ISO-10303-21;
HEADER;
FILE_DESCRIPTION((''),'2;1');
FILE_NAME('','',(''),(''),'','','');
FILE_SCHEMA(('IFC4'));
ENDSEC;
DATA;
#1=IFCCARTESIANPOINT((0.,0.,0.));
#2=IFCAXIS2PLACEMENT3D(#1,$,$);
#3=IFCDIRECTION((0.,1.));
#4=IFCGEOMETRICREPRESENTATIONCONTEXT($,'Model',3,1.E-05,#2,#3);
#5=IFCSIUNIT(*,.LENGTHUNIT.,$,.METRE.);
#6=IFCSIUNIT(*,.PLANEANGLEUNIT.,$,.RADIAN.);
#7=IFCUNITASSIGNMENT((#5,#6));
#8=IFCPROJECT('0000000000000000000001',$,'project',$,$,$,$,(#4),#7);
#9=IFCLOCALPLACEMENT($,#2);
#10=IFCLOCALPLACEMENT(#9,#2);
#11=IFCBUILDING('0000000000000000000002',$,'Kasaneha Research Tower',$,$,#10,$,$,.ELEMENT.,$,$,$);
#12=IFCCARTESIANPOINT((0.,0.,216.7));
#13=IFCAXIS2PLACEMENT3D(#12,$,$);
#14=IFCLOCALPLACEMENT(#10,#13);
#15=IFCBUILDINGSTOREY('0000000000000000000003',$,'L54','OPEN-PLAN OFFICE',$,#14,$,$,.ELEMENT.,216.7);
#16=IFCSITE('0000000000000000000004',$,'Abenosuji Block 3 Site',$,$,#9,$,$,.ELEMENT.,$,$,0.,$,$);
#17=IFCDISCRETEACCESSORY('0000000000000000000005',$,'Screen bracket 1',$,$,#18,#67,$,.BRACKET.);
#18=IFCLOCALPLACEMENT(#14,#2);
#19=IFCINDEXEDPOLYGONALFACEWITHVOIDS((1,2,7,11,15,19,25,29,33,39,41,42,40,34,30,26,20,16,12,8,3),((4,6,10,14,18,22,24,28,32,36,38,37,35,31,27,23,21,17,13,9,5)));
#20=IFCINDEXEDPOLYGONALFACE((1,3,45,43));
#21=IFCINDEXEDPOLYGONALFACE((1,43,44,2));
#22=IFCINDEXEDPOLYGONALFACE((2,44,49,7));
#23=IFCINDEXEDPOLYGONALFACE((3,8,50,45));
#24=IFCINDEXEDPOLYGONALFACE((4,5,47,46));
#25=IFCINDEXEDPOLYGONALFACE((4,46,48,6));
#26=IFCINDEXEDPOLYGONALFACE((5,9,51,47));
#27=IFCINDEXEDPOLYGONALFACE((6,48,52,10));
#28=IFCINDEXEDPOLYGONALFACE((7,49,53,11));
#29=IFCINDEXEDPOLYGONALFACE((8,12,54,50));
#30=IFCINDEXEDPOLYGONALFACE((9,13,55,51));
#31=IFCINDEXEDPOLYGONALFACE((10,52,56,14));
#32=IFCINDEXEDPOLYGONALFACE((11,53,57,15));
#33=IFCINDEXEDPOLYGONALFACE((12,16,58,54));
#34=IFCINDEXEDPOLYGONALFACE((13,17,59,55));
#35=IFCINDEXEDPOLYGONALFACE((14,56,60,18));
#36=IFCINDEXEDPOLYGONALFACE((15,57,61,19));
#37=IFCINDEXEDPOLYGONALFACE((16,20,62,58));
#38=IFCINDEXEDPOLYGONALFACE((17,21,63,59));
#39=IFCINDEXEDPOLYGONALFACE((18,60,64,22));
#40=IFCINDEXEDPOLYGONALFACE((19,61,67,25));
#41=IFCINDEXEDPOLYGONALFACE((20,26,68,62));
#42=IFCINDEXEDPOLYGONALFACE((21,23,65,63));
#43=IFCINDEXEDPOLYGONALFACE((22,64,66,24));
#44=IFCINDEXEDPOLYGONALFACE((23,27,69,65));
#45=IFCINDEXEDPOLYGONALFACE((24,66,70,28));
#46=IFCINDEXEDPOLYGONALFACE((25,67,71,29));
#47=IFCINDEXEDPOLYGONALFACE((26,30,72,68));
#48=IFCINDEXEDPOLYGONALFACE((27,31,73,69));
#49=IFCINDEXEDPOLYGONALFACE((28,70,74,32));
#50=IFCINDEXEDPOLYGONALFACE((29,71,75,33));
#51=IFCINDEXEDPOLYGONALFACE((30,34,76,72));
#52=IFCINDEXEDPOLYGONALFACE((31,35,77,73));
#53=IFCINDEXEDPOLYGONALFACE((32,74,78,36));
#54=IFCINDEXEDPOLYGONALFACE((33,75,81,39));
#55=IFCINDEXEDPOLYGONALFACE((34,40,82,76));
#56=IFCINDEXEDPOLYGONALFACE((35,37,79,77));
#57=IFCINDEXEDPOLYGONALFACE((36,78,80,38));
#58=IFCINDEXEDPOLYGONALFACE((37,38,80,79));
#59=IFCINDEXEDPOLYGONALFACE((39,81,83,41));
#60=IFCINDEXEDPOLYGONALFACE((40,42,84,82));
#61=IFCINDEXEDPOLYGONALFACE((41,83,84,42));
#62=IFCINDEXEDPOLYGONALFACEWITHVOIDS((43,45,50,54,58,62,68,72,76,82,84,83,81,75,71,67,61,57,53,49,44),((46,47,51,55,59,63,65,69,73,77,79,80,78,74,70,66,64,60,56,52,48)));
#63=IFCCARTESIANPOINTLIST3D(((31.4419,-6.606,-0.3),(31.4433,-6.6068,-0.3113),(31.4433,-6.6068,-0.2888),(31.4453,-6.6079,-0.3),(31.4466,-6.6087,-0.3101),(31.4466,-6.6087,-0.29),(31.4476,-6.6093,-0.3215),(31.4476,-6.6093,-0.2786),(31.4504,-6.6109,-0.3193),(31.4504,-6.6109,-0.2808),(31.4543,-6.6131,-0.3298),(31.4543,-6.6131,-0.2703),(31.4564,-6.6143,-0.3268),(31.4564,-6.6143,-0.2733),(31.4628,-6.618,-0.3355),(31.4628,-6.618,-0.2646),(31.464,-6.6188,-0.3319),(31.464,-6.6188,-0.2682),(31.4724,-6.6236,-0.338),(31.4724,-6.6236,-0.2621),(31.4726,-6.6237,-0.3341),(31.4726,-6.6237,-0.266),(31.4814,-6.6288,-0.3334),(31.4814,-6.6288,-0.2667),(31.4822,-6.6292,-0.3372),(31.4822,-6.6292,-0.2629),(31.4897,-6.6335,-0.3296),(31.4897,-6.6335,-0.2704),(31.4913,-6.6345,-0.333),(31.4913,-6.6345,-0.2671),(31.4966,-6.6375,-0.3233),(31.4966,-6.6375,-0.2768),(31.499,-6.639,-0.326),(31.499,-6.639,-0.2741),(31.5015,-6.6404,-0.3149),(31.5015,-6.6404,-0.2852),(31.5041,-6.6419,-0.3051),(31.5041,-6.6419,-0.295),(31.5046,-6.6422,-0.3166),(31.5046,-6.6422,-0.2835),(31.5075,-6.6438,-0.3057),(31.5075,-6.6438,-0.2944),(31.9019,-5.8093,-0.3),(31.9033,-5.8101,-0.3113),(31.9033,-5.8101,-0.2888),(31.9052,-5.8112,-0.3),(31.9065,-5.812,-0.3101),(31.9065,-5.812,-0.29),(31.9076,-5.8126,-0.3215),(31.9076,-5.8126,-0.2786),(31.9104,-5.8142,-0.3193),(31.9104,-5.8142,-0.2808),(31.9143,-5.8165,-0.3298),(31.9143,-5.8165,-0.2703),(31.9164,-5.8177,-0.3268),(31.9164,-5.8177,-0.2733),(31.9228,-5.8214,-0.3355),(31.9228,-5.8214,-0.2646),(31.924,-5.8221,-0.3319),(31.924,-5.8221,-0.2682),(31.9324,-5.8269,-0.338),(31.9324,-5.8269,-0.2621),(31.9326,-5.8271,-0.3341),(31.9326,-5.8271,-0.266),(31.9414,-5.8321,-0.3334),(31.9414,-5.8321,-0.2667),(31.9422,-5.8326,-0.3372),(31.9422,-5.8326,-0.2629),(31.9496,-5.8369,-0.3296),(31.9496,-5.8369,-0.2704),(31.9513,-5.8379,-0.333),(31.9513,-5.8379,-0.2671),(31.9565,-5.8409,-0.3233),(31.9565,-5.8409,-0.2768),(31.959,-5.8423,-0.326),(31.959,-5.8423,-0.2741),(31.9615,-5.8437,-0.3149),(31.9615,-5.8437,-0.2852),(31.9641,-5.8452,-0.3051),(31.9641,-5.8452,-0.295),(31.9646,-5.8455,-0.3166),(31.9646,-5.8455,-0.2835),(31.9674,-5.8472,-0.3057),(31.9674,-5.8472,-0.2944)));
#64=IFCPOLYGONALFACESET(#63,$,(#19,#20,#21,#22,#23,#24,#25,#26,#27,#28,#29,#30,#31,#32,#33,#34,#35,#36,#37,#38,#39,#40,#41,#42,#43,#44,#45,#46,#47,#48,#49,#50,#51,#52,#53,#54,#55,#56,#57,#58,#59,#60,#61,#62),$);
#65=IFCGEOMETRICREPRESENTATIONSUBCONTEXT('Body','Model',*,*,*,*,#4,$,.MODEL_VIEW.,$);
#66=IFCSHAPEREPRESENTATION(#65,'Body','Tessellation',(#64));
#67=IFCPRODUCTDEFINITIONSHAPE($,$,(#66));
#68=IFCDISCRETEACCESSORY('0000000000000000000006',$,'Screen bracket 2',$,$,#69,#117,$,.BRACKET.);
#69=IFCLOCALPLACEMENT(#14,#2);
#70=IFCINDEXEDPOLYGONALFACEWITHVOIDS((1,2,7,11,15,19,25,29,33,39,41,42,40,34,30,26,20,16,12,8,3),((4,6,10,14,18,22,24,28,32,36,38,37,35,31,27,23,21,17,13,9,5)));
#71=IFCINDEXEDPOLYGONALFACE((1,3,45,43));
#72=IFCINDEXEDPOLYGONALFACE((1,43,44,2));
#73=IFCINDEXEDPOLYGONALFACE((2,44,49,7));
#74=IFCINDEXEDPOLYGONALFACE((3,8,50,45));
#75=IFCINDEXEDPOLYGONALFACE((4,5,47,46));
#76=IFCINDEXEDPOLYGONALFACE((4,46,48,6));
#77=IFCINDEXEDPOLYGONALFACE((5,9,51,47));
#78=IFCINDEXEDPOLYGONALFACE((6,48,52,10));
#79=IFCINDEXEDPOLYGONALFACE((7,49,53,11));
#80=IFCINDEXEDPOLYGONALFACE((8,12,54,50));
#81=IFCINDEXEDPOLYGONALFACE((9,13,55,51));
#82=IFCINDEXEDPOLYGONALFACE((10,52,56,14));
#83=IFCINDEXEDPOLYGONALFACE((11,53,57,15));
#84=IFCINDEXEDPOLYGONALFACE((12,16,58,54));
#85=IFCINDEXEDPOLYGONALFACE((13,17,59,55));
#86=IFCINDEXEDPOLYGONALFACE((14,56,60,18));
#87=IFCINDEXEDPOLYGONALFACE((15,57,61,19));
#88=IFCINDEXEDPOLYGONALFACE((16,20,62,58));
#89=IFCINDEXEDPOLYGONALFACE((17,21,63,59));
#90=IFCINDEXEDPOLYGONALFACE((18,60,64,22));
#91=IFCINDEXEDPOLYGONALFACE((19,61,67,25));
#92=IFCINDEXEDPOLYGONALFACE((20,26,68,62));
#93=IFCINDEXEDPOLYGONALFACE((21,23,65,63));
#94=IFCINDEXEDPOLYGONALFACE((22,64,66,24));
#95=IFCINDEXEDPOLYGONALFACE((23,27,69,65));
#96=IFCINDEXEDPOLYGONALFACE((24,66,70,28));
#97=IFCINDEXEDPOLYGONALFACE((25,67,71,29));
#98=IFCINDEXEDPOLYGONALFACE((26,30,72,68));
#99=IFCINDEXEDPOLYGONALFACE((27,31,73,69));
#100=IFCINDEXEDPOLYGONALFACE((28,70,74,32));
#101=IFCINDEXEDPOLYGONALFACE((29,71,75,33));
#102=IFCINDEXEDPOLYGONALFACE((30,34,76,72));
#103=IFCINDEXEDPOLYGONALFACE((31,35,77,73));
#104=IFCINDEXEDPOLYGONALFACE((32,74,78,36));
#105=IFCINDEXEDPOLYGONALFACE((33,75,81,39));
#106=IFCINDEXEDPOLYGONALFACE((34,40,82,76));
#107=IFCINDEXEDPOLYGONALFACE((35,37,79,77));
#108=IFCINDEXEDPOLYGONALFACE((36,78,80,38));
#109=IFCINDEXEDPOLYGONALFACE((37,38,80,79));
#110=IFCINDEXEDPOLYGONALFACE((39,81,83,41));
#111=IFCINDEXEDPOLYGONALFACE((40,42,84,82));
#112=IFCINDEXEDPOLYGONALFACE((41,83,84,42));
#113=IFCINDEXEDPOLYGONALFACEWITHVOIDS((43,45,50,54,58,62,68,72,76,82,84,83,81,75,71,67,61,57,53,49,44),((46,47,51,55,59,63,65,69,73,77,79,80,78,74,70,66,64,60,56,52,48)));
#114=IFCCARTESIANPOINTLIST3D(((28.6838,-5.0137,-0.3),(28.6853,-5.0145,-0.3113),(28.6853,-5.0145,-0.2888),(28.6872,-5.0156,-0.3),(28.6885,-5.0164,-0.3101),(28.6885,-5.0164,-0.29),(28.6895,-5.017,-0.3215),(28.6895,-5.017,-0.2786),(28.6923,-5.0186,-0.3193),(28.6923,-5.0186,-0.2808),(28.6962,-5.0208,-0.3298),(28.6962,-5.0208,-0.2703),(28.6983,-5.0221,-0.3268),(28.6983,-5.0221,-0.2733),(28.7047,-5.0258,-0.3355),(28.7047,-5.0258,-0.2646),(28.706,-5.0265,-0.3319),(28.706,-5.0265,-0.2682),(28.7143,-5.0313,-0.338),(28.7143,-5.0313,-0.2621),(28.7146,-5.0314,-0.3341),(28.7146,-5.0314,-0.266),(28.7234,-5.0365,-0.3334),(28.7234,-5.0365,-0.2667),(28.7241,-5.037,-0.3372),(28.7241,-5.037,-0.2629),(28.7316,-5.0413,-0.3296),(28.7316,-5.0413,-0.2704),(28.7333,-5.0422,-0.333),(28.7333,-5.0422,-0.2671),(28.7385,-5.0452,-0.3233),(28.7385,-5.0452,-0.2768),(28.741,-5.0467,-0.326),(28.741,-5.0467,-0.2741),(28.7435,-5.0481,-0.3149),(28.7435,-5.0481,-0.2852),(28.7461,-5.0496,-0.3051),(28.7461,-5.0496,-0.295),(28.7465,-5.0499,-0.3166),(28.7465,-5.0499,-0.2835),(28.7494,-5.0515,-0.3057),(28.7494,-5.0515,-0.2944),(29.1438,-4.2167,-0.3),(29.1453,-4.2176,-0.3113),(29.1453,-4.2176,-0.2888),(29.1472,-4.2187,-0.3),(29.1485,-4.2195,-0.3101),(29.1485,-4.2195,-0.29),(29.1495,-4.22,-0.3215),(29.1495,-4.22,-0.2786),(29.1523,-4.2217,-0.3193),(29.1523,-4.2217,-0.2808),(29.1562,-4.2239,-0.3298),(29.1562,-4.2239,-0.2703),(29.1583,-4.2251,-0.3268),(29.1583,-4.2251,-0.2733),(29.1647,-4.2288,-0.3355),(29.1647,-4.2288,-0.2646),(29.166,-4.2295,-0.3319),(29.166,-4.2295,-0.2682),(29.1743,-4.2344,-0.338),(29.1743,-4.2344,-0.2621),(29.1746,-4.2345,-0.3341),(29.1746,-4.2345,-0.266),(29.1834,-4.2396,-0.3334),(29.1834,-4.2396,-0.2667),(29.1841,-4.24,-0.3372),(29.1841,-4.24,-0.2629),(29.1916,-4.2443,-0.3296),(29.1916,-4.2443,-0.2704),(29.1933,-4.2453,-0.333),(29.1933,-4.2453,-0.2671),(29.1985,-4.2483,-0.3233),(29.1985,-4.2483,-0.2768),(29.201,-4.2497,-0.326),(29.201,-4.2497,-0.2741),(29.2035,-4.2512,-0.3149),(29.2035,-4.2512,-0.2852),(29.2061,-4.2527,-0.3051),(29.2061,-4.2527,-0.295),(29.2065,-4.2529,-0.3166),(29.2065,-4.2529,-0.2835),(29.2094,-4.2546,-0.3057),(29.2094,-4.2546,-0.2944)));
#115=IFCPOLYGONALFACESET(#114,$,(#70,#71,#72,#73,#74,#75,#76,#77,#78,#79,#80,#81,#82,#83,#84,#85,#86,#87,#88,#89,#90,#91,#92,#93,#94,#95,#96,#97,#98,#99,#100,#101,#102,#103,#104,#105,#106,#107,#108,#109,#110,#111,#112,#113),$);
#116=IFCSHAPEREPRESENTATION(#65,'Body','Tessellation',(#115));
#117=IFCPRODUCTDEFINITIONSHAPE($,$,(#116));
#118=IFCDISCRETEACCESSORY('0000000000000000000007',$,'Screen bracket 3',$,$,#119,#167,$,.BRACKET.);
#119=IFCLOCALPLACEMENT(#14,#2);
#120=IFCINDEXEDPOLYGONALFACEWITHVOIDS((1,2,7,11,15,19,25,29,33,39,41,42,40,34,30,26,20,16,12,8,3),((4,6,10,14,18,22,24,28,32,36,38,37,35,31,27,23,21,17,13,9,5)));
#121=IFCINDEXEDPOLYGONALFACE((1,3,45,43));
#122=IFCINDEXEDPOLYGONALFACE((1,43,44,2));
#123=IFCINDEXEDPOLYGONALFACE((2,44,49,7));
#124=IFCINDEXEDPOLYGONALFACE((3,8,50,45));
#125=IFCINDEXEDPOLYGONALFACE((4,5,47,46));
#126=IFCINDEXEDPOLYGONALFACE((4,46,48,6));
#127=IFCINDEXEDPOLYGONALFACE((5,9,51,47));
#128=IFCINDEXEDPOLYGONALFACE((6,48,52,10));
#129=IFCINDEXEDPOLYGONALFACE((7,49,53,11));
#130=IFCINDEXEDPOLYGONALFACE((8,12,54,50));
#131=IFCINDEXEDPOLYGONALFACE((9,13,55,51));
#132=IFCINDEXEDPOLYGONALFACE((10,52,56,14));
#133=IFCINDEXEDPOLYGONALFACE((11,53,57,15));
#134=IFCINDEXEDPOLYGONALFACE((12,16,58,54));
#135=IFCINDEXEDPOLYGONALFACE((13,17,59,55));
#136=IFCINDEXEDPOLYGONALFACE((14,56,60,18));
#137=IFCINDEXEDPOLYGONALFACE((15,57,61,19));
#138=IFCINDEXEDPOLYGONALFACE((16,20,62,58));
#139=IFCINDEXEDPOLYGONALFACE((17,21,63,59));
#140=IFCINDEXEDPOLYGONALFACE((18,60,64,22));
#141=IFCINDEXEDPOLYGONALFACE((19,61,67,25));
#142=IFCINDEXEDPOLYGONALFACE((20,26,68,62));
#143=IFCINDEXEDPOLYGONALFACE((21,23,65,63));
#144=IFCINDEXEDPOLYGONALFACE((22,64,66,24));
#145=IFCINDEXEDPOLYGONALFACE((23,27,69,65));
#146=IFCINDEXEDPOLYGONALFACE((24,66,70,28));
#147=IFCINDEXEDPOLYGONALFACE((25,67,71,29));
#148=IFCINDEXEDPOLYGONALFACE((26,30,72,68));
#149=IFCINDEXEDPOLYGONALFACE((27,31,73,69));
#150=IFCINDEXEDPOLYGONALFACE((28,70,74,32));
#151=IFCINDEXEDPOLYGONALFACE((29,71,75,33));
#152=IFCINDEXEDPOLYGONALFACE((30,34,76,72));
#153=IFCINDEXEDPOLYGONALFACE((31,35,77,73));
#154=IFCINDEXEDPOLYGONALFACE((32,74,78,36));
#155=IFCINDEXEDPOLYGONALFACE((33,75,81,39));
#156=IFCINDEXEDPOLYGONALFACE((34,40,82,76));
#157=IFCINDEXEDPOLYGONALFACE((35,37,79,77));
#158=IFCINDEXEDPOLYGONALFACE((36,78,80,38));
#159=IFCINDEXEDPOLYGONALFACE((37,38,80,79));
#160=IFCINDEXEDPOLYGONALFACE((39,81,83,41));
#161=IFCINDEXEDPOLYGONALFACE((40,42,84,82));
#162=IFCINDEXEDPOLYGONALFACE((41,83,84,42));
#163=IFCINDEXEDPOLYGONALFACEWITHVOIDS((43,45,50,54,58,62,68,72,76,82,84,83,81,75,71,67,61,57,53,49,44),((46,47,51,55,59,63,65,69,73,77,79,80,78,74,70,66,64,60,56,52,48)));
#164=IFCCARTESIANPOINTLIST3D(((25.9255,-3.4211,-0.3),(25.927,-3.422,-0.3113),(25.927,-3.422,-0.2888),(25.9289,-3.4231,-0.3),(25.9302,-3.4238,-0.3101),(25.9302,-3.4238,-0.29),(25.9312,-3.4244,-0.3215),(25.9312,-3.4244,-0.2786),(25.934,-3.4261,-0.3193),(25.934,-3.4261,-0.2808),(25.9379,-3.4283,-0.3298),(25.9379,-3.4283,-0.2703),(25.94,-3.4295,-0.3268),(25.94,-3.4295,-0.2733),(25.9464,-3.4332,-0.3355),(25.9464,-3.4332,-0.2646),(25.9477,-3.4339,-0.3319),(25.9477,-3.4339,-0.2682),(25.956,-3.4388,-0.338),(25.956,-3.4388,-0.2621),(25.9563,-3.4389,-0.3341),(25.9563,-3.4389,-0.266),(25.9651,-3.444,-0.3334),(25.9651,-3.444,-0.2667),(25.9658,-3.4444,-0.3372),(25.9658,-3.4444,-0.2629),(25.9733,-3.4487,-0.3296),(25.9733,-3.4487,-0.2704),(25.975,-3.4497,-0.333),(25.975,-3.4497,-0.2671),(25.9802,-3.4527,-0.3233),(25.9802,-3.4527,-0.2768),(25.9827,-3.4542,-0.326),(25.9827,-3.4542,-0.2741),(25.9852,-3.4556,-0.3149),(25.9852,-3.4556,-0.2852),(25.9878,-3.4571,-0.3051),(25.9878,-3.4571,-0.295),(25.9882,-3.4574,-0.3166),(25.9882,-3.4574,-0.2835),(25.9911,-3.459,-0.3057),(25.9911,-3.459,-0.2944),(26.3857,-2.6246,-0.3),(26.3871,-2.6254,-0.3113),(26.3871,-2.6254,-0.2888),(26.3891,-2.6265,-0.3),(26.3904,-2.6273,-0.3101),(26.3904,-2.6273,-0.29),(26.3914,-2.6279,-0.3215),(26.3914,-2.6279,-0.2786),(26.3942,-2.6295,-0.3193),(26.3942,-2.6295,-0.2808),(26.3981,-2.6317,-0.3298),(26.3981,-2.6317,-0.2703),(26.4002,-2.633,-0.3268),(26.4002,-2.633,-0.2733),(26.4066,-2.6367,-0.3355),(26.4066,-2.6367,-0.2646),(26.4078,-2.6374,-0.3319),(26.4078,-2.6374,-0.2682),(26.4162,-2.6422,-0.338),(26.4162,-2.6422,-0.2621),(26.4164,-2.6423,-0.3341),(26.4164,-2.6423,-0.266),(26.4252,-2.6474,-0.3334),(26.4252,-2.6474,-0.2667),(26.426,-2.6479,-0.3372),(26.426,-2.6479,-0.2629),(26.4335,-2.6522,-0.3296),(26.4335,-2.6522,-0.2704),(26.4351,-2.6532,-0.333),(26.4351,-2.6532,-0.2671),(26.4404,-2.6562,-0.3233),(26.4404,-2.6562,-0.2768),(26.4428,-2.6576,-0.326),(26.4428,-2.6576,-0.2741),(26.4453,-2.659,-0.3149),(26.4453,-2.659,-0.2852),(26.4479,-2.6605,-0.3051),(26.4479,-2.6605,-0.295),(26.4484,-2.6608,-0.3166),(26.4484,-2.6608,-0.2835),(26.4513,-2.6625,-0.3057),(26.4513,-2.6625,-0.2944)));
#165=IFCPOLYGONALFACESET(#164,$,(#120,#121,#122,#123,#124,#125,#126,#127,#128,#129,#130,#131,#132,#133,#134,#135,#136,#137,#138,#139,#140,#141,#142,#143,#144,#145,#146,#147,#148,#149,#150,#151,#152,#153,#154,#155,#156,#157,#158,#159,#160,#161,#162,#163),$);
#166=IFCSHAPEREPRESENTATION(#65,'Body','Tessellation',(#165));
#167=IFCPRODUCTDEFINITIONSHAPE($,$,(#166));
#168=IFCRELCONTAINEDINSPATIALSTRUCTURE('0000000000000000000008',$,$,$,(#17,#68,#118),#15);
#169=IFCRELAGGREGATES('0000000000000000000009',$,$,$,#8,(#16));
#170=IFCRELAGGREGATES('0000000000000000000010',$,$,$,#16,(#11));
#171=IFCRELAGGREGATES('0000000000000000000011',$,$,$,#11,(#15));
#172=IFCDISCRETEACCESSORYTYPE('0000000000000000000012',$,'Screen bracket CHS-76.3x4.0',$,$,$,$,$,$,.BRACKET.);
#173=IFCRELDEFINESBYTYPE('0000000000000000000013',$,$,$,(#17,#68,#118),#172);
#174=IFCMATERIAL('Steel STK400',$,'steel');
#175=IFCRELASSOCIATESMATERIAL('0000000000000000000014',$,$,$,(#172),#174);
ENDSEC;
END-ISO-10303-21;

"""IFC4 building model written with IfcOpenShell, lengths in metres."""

from ifc_helpers import new_model, si_unit, direction, frame, origin, origin_2d, place, context, subcontext, project, spatial, hollow_circle, extrude, material, material_profile, profile_set, type_object, element, save


model = new_model("IFC4")

# Units and contexts
model_context = context("Model", 3, precision=1e-05, world=origin(), true_north=direction((0.0, 1.0)))
body_context = subcontext(model_context, "Body", "Model", "MODEL_VIEW")
ifc_project = project(units=[si_unit("LENGTHUNIT", "METRE"), si_unit("PLANEANGLEUNIT", "RADIAN")], contexts=[model_context])

# Site, building, storey
site_placement = place(None, origin())
site = spatial("IfcSite", under=ifc_project, at=site_placement, Name="Abenosuji Block 3 Site", CompositionType="ELEMENT", RefElevation=0.0)
building_placement = place(site_placement, origin())
building = spatial("IfcBuilding", under=site, at=building_placement, Name="Kasaneha Research Tower", CompositionType="ELEMENT")
storey_placement = place(building_placement, frame((0.0, 0.0, 216.7)))
storey = spatial("IfcBuildingStorey", under=building, at=storey_placement, Name="L54", Description="OPEN-PLAN OFFICE", CompositionType="ELEMENT", Elevation=216.7)

# Discrete accessories
ifc_material_1 = material(Name="Steel STK400", Category="steel")
ifc_material_profile_1 = material_profile(ifc_material_1, hollow_circle(Radius=0.0381, WallThickness=0.0039, at=origin_2d()), Name="CHS-76.3x4.0")
ifc_profile_set_1 = profile_set([ifc_material_profile_1], Name="Steel STK400")
discrete_accessory_type = type_object("IfcDiscreteAccessoryType", Name="Screen bracket CHS-76.3x4.0", PredefinedType="BRACKET", material=ifc_profile_set_1)
discrete_accessory_1_placement = place(storey_placement, frame((31.4749, -6.625, -0.3), z_axis=(0.500021, 0.866013, 0.0), x_axis=(-0.866013, 0.500021, 0.0)))
element("IfcDiscreteAccessory", 1, at=discrete_accessory_1_placement, inside=storey, type_object=discrete_accessory_type, Name="Screen bracket 1", PredefinedType="BRACKET", context=body_context, shape_type="SweptSolid", body=[
    extrude(hollow_circle(Radius=0.0381, WallThickness=0.0039, at=origin_2d()), origin(), (0.0, 0.0, 1.0), 0.9199),
])
discrete_accessory_2_placement = place(storey_placement, frame((28.7168, -5.0327, -0.3), z_axis=(0.499906, 0.86608, 0.0), x_axis=(-0.86608, 0.499906, 0.0)))
element("IfcDiscreteAccessory", 2, at=discrete_accessory_2_placement, inside=storey, type_object=discrete_accessory_type, Name="Screen bracket 2", PredefinedType="BRACKET", context=body_context, shape_type="SweptSolid", body=[
    extrude(hollow_circle(Radius=0.0381, WallThickness=0.0039, at=origin_2d()), origin(), (0.0, 0.0, 1.0), 0.9202),
])
discrete_accessory_3_placement = place(storey_placement, frame((25.9585, -3.4402, -0.3), z_axis=(0.50022, 0.865898, 0.0), x_axis=(-0.865898, 0.50022, 0.0)))
element("IfcDiscreteAccessory", 3, at=discrete_accessory_3_placement, inside=storey, type_object=discrete_accessory_type, Name="Screen bracket 3", PredefinedType="BRACKET", context=body_context, shape_type="SweptSolid", body=[
    extrude(hollow_circle(Radius=0.0381, WallThickness=0.0039, at=origin_2d()), origin(), (0.0, 0.0, 1.0), 0.9199),
])

save(model, "model.ifc")
